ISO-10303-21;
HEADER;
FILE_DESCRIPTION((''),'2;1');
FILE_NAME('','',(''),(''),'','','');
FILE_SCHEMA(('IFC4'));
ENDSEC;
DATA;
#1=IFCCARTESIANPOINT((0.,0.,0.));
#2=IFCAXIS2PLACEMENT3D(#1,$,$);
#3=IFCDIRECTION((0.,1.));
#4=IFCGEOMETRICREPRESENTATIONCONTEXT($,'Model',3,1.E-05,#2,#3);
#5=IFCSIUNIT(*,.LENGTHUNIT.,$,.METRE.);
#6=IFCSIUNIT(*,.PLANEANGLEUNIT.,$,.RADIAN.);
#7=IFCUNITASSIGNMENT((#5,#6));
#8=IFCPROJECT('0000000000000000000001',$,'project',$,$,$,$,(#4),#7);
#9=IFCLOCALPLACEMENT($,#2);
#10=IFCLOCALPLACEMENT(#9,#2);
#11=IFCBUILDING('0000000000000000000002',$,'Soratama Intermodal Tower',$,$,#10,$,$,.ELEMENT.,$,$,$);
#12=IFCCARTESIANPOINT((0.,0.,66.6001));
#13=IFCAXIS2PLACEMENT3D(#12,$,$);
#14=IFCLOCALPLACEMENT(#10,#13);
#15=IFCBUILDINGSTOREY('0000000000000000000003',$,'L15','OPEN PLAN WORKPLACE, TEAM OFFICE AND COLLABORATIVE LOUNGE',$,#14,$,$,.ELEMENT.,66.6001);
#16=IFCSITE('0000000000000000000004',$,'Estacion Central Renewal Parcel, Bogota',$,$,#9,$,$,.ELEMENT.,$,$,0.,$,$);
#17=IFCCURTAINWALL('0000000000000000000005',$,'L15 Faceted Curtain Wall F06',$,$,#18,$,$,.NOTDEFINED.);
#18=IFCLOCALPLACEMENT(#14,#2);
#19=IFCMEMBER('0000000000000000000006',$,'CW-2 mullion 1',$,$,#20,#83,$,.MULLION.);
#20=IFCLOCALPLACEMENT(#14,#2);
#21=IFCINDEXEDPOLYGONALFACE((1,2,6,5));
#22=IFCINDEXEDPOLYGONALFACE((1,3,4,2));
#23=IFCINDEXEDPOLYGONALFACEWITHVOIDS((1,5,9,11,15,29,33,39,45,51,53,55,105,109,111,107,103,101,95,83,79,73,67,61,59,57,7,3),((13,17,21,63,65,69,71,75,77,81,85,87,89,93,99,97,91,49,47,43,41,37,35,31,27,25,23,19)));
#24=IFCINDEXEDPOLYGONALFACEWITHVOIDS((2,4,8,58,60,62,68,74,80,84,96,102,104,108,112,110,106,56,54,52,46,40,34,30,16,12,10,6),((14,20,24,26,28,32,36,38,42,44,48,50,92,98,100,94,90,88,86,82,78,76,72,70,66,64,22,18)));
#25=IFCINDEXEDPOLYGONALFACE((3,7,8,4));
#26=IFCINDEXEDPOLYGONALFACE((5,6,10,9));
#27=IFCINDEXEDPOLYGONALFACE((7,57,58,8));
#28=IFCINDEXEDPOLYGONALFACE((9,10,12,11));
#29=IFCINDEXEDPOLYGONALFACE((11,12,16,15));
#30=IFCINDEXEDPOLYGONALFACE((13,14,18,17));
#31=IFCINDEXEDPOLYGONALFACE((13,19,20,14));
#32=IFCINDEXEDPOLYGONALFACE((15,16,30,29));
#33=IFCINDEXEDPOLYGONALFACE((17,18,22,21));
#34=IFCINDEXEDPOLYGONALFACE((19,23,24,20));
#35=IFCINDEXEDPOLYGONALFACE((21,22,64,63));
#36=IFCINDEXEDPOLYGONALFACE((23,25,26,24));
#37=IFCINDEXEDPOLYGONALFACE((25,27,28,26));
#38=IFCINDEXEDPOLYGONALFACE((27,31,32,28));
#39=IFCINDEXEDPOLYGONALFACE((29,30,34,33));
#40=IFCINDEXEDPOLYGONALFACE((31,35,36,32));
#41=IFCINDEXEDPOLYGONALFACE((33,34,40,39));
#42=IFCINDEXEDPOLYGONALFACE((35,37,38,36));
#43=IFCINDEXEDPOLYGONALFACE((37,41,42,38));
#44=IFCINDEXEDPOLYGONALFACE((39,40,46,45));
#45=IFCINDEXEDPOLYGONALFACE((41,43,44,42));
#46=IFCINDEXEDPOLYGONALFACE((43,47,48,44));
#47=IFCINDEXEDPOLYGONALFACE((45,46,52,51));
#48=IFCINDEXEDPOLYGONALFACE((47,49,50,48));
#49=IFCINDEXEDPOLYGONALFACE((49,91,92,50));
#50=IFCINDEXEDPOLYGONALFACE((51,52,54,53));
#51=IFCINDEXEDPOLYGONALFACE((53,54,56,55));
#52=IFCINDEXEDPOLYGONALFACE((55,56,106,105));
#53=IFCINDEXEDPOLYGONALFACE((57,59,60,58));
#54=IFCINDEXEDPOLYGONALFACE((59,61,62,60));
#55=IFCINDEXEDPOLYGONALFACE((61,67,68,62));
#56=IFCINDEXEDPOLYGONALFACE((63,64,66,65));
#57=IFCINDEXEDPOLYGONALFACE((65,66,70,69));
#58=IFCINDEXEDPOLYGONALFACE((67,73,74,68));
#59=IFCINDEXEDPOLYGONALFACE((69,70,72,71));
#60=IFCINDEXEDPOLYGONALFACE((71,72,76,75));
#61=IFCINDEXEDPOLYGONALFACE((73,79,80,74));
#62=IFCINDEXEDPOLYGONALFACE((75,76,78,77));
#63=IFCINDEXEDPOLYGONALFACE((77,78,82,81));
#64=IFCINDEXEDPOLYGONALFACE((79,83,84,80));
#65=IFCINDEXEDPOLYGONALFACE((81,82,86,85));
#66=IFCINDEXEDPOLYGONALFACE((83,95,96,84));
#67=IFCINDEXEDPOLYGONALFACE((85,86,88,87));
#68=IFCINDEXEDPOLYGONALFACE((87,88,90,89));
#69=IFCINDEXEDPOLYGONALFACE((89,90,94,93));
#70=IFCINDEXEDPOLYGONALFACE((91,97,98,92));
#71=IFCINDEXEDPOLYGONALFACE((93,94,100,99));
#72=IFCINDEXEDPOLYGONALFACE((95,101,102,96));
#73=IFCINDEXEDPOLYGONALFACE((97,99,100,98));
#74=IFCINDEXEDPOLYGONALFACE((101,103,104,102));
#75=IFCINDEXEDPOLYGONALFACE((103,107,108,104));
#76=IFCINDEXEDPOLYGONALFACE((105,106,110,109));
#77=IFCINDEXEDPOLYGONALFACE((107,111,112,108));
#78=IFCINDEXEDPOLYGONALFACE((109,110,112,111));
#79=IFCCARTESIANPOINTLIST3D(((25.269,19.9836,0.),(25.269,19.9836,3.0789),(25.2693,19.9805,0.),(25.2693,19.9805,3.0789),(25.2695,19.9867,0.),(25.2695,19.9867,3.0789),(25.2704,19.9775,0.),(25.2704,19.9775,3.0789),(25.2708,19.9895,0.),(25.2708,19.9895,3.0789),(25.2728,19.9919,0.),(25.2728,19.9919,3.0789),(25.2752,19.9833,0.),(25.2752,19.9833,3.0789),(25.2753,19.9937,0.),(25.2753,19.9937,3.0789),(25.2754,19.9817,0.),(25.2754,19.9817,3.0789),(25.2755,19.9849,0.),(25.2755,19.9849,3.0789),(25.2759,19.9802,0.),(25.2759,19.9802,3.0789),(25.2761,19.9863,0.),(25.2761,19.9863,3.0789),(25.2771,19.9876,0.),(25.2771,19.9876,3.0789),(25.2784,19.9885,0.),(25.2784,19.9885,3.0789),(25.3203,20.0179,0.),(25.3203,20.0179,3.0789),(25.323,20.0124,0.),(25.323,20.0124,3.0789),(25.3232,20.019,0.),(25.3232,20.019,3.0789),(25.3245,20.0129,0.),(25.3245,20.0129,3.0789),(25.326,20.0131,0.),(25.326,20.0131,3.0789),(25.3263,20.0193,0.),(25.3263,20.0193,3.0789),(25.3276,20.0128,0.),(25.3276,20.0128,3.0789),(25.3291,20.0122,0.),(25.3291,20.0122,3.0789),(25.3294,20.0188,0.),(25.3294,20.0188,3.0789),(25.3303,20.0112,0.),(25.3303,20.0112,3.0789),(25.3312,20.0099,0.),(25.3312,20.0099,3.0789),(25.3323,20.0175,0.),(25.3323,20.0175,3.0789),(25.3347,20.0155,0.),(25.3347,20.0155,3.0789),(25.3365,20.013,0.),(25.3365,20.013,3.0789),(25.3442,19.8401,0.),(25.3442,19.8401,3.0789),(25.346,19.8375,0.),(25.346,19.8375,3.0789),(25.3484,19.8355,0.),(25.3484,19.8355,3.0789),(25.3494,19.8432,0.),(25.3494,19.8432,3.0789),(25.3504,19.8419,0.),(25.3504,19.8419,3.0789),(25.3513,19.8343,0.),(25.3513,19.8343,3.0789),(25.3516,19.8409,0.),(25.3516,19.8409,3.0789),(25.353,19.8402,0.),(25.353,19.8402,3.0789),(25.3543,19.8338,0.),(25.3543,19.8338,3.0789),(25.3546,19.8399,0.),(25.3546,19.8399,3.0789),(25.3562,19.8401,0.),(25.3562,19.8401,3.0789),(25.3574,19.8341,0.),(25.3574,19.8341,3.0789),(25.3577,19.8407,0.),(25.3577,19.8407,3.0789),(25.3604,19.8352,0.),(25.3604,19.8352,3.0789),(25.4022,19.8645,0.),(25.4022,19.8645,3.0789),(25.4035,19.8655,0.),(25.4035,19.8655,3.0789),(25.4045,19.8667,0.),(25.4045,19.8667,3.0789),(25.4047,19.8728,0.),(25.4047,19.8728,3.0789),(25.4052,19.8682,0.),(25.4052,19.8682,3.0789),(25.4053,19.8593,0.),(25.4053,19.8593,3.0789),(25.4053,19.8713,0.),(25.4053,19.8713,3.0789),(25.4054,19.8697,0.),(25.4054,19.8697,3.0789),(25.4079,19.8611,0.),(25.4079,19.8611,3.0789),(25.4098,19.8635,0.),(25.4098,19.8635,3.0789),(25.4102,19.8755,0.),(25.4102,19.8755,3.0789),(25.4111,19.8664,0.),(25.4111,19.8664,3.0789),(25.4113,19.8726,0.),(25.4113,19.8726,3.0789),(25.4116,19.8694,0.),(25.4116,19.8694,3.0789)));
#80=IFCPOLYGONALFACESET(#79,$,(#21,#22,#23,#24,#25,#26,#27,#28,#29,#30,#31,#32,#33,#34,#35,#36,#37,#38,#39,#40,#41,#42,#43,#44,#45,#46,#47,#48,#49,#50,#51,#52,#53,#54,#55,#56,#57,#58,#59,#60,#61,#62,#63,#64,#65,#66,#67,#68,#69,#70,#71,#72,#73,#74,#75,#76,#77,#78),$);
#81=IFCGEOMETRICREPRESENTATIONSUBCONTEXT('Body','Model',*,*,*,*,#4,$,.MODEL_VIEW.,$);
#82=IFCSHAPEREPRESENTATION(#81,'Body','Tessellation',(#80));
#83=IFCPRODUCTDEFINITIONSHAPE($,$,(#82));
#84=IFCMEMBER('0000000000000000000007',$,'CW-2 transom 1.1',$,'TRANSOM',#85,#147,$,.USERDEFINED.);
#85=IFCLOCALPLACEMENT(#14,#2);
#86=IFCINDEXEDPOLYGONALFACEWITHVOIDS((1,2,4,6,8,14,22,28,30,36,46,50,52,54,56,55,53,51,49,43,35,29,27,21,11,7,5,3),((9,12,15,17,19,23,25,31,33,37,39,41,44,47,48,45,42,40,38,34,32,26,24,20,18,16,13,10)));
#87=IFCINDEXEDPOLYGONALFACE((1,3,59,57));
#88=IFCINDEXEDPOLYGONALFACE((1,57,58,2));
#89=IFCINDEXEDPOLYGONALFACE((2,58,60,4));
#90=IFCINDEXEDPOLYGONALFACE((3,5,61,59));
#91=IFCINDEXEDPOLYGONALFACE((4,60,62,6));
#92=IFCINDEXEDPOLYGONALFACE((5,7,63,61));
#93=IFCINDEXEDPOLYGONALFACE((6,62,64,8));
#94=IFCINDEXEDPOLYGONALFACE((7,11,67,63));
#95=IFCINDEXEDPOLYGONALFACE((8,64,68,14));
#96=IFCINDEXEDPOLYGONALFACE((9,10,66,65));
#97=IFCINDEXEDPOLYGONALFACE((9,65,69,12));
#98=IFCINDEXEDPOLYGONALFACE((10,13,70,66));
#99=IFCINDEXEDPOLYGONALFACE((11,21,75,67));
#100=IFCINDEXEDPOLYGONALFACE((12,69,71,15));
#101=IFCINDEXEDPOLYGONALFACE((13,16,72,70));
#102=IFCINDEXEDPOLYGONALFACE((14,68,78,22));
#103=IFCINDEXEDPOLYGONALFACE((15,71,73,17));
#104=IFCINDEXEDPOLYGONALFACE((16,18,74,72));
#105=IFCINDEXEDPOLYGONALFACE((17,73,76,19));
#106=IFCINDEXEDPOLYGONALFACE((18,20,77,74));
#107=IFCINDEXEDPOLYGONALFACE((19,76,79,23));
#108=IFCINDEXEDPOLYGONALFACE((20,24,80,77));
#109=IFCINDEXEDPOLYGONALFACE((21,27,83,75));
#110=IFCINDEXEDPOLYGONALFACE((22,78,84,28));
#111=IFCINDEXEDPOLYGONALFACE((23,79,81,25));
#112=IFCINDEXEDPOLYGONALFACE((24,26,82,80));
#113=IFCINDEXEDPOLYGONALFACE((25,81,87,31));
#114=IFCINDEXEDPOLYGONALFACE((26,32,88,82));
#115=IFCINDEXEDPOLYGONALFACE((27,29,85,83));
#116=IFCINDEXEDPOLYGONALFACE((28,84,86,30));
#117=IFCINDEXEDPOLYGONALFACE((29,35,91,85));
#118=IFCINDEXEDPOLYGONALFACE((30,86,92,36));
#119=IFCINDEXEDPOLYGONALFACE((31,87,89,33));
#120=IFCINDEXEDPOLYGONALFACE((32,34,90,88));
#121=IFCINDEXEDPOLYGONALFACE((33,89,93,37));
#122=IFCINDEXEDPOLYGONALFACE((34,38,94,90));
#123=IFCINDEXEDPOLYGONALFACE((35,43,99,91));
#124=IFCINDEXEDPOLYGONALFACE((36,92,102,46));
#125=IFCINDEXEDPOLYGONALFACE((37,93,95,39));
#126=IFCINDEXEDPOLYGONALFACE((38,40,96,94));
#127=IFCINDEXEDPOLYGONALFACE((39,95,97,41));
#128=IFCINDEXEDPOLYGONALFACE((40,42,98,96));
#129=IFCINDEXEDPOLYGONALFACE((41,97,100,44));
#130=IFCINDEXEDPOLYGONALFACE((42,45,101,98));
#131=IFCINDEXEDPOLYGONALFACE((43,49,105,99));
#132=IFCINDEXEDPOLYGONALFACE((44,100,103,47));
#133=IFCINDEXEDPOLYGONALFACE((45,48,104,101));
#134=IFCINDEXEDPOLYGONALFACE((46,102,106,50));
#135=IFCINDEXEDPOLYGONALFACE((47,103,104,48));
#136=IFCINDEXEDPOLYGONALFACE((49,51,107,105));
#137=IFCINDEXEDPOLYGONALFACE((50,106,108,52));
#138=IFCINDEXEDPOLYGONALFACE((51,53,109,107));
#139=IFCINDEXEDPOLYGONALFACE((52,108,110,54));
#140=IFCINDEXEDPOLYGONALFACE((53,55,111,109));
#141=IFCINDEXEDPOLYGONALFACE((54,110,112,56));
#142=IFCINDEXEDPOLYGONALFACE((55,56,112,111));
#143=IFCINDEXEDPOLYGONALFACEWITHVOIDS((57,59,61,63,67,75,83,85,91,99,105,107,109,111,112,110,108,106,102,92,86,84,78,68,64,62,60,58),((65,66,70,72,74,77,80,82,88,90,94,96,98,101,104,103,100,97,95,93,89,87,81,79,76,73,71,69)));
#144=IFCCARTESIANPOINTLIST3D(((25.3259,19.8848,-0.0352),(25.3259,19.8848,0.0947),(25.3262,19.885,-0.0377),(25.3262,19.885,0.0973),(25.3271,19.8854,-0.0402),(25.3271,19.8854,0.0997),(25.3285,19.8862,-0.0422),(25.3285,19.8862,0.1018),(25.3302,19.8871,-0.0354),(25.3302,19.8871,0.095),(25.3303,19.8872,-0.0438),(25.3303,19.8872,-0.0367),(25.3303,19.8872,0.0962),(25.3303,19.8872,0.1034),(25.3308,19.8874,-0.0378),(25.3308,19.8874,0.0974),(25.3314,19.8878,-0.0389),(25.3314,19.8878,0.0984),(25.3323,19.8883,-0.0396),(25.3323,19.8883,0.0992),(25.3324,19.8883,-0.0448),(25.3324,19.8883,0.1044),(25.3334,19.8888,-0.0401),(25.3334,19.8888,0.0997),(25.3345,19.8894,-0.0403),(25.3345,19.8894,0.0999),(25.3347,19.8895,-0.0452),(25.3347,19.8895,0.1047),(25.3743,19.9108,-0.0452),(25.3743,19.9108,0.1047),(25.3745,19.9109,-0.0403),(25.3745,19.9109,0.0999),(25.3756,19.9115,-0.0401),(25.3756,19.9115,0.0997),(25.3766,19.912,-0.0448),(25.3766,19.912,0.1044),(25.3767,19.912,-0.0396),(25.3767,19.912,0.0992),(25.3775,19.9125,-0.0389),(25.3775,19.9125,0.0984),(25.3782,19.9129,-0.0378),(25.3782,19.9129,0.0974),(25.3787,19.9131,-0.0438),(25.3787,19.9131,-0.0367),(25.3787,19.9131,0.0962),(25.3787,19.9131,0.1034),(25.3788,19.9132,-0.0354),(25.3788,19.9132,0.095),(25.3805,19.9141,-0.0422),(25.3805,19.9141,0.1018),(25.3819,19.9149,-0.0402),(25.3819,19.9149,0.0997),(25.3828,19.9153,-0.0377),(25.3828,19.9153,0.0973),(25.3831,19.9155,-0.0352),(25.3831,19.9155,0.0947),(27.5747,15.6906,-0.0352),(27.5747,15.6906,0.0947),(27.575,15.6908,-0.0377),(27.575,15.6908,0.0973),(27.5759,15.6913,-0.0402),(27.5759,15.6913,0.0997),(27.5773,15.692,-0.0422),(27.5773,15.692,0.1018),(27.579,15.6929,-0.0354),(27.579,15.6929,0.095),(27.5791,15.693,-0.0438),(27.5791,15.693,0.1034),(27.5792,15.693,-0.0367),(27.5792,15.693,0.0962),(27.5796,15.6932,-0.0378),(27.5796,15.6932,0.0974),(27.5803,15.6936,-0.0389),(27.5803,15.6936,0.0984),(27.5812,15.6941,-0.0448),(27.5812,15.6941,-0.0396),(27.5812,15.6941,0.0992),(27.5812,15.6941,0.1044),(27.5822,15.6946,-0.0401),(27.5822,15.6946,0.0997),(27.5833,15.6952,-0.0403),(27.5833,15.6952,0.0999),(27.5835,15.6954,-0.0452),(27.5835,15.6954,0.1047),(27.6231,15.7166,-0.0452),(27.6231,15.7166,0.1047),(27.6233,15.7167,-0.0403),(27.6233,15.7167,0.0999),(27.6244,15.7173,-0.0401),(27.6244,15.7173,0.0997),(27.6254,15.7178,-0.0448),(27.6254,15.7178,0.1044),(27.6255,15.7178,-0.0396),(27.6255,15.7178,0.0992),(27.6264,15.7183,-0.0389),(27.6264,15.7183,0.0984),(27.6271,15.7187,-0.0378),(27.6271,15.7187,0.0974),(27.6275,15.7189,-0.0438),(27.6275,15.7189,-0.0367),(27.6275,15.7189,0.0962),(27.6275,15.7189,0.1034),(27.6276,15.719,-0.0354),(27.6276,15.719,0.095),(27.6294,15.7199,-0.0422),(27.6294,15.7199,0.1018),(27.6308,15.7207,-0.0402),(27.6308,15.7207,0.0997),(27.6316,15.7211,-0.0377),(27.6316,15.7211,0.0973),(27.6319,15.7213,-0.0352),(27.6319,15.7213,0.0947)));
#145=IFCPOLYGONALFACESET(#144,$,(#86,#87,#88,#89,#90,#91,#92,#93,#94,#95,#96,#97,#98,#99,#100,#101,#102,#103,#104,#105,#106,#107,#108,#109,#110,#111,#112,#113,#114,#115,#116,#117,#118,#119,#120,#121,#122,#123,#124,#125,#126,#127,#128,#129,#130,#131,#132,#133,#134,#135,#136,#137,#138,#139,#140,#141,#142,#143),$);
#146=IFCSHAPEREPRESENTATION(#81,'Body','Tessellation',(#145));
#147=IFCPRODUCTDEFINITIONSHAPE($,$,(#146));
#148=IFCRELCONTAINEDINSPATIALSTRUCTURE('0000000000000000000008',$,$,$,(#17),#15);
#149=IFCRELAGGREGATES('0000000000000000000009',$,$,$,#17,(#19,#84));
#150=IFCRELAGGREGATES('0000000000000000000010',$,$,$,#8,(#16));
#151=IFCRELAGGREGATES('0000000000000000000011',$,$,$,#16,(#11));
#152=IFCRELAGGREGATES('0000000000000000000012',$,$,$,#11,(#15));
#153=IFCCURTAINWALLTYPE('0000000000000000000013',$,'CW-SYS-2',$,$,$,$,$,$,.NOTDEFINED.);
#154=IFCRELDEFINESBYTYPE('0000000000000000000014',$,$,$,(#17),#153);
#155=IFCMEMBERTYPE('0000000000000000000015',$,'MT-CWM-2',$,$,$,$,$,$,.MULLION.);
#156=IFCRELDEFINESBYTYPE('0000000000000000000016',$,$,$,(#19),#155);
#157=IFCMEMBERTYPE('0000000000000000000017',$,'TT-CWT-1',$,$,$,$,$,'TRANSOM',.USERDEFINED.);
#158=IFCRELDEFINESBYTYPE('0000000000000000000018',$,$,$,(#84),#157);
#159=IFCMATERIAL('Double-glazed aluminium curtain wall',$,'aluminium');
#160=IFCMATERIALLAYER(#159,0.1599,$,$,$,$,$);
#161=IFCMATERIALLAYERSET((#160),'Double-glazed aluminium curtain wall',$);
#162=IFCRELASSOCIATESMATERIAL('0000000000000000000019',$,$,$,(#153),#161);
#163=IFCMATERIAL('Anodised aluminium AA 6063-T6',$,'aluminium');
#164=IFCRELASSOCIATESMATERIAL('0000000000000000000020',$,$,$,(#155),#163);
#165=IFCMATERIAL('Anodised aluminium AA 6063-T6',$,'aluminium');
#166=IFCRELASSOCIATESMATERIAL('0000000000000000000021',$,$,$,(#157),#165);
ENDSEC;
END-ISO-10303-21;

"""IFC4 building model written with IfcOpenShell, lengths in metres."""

from ifc_helpers import new_model, si_unit, direction, frame, origin, origin_2d, place, context, subcontext, project, spatial, hollow_rectangle, extrude, material, layer, layer_set, material_profile, profile_set, type_object, element, aggregate, save


model = new_model("IFC4")

# Units and contexts
model_context = context("Model", 3, precision=1e-05, world=origin(), true_north=direction((0.0, 1.0)))
body_context = subcontext(model_context, "Body", "Model", "MODEL_VIEW")
ifc_project = project(units=[si_unit("LENGTHUNIT", "METRE"), si_unit("PLANEANGLEUNIT", "RADIAN")], contexts=[model_context])

# Site, building, storey
site_placement = place(None, origin())
site = spatial("IfcSite", under=ifc_project, at=site_placement, Name="Estacion Central Renewal Parcel, Bogota", CompositionType="ELEMENT", RefElevation=0.0)
building_placement = place(site_placement, origin())
building = spatial("IfcBuilding", under=site, at=building_placement, Name="Soratama Intermodal Tower", CompositionType="ELEMENT")
storey_placement = place(building_placement, frame((0.0, 0.0, 66.6001)))
storey = spatial("IfcBuildingStorey", under=building, at=storey_placement, Name="L15", Description="OPEN PLAN WORKPLACE, TEAM OFFICE AND COLLABORATIVE LOUNGE", CompositionType="ELEMENT", Elevation=66.6001)

# Curtain wall, members
ifc_material_1 = material(Name="Double-glazed aluminium curtain wall", Category="aluminium")
ifc_layer_1 = layer(ifc_material_1, 0.1599)
ifc_layer_set_1 = layer_set([ifc_layer_1], Name="Double-glazed aluminium curtain wall")
curtain_wall_type = type_object("IfcCurtainWallType", Name="CW-SYS-2", PredefinedType="NOTDEFINED", material=ifc_layer_set_1)
curtain_wall_placement = place(storey_placement, origin())
curtain_wall = element("IfcCurtainWall", 1, at=curtain_wall_placement, inside=storey, type_object=curtain_wall_type, Name="L15 Faceted Curtain Wall F06", PredefinedType="NOTDEFINED")
ifc_material_2 = material(Name="Anodised aluminium AA 6063-T6", Category="aluminium")
ifc_material_profile_1 = material_profile(ifc_material_2, hollow_rectangle(XDim=0.075, YDim=0.1799, WallThickness=0.0061, InnerFilletRadius=0.0061, OuterFilletRadius=0.012, at=origin_2d()), Name="CWM180X75X6")
ifc_profile_set_1 = profile_set([ifc_material_profile_1], Name="Anodised aluminium AA 6063-T6")
member_type_1 = type_object("IfcMemberType", Name="MT-CWM-2", PredefinedType="MULLION", material=ifc_profile_set_1)
member_1_placement = place(storey_placement, frame((25.3403, 19.9265, 0.0), z_axis=(0.0, 0.0, 1.0), x_axis=(0.881304, 0.47255, 0.0)))
member_1 = element("IfcMember", 2, at=member_1_placement, type_object=member_type_1, Name="CW-2 mullion 1", PredefinedType="MULLION", context=body_context, shape_type="SweptSolid", body=[
    extrude(hollow_rectangle(XDim=0.075, YDim=0.1799, WallThickness=0.0061, InnerFilletRadius=0.0061, OuterFilletRadius=0.012, at=origin_2d()), origin(), (0.0, 0.0, 1.0), 3.0789),
])
ifc_material_3 = material(Name="Anodised aluminium AA 6063-T6", Category="aluminium")
ifc_material_profile_2 = material_profile(ifc_material_3, hollow_rectangle(XDim=0.0649, YDim=0.1499, WallThickness=0.0049, InnerFilletRadius=0.0049, OuterFilletRadius=0.01, at=origin_2d()), Name="CWT150X65X5")
ifc_profile_set_2 = profile_set([ifc_material_profile_2], Name="Anodised aluminium AA 6063-T6")
member_type_2 = type_object("IfcMemberType", Name="TT-CWT-1", ElementType="TRANSOM", PredefinedType="USERDEFINED", material=ifc_profile_set_2)
member_2_placement = place(storey_placement, frame((25.3545, 19.9001, 0.0298), z_axis=(0.472539, -0.88131, 0.0), x_axis=(0.88131, 0.472539, 0.0)))
member_2 = element("IfcMember", 3, at=member_2_placement, type_object=member_type_2, Name="CW-2 transom 1.1", ObjectType="TRANSOM", PredefinedType="USERDEFINED", context=body_context, shape_type="SweptSolid", body=[
    extrude(hollow_rectangle(XDim=0.0649, YDim=0.1499, WallThickness=0.0049, InnerFilletRadius=0.0049, OuterFilletRadius=0.01, at=origin_2d()), origin(), (0.0, 0.0, 1.0), 4.759),
])
aggregate(curtain_wall, [member_1, member_2])

save(model, "model.ifc")
